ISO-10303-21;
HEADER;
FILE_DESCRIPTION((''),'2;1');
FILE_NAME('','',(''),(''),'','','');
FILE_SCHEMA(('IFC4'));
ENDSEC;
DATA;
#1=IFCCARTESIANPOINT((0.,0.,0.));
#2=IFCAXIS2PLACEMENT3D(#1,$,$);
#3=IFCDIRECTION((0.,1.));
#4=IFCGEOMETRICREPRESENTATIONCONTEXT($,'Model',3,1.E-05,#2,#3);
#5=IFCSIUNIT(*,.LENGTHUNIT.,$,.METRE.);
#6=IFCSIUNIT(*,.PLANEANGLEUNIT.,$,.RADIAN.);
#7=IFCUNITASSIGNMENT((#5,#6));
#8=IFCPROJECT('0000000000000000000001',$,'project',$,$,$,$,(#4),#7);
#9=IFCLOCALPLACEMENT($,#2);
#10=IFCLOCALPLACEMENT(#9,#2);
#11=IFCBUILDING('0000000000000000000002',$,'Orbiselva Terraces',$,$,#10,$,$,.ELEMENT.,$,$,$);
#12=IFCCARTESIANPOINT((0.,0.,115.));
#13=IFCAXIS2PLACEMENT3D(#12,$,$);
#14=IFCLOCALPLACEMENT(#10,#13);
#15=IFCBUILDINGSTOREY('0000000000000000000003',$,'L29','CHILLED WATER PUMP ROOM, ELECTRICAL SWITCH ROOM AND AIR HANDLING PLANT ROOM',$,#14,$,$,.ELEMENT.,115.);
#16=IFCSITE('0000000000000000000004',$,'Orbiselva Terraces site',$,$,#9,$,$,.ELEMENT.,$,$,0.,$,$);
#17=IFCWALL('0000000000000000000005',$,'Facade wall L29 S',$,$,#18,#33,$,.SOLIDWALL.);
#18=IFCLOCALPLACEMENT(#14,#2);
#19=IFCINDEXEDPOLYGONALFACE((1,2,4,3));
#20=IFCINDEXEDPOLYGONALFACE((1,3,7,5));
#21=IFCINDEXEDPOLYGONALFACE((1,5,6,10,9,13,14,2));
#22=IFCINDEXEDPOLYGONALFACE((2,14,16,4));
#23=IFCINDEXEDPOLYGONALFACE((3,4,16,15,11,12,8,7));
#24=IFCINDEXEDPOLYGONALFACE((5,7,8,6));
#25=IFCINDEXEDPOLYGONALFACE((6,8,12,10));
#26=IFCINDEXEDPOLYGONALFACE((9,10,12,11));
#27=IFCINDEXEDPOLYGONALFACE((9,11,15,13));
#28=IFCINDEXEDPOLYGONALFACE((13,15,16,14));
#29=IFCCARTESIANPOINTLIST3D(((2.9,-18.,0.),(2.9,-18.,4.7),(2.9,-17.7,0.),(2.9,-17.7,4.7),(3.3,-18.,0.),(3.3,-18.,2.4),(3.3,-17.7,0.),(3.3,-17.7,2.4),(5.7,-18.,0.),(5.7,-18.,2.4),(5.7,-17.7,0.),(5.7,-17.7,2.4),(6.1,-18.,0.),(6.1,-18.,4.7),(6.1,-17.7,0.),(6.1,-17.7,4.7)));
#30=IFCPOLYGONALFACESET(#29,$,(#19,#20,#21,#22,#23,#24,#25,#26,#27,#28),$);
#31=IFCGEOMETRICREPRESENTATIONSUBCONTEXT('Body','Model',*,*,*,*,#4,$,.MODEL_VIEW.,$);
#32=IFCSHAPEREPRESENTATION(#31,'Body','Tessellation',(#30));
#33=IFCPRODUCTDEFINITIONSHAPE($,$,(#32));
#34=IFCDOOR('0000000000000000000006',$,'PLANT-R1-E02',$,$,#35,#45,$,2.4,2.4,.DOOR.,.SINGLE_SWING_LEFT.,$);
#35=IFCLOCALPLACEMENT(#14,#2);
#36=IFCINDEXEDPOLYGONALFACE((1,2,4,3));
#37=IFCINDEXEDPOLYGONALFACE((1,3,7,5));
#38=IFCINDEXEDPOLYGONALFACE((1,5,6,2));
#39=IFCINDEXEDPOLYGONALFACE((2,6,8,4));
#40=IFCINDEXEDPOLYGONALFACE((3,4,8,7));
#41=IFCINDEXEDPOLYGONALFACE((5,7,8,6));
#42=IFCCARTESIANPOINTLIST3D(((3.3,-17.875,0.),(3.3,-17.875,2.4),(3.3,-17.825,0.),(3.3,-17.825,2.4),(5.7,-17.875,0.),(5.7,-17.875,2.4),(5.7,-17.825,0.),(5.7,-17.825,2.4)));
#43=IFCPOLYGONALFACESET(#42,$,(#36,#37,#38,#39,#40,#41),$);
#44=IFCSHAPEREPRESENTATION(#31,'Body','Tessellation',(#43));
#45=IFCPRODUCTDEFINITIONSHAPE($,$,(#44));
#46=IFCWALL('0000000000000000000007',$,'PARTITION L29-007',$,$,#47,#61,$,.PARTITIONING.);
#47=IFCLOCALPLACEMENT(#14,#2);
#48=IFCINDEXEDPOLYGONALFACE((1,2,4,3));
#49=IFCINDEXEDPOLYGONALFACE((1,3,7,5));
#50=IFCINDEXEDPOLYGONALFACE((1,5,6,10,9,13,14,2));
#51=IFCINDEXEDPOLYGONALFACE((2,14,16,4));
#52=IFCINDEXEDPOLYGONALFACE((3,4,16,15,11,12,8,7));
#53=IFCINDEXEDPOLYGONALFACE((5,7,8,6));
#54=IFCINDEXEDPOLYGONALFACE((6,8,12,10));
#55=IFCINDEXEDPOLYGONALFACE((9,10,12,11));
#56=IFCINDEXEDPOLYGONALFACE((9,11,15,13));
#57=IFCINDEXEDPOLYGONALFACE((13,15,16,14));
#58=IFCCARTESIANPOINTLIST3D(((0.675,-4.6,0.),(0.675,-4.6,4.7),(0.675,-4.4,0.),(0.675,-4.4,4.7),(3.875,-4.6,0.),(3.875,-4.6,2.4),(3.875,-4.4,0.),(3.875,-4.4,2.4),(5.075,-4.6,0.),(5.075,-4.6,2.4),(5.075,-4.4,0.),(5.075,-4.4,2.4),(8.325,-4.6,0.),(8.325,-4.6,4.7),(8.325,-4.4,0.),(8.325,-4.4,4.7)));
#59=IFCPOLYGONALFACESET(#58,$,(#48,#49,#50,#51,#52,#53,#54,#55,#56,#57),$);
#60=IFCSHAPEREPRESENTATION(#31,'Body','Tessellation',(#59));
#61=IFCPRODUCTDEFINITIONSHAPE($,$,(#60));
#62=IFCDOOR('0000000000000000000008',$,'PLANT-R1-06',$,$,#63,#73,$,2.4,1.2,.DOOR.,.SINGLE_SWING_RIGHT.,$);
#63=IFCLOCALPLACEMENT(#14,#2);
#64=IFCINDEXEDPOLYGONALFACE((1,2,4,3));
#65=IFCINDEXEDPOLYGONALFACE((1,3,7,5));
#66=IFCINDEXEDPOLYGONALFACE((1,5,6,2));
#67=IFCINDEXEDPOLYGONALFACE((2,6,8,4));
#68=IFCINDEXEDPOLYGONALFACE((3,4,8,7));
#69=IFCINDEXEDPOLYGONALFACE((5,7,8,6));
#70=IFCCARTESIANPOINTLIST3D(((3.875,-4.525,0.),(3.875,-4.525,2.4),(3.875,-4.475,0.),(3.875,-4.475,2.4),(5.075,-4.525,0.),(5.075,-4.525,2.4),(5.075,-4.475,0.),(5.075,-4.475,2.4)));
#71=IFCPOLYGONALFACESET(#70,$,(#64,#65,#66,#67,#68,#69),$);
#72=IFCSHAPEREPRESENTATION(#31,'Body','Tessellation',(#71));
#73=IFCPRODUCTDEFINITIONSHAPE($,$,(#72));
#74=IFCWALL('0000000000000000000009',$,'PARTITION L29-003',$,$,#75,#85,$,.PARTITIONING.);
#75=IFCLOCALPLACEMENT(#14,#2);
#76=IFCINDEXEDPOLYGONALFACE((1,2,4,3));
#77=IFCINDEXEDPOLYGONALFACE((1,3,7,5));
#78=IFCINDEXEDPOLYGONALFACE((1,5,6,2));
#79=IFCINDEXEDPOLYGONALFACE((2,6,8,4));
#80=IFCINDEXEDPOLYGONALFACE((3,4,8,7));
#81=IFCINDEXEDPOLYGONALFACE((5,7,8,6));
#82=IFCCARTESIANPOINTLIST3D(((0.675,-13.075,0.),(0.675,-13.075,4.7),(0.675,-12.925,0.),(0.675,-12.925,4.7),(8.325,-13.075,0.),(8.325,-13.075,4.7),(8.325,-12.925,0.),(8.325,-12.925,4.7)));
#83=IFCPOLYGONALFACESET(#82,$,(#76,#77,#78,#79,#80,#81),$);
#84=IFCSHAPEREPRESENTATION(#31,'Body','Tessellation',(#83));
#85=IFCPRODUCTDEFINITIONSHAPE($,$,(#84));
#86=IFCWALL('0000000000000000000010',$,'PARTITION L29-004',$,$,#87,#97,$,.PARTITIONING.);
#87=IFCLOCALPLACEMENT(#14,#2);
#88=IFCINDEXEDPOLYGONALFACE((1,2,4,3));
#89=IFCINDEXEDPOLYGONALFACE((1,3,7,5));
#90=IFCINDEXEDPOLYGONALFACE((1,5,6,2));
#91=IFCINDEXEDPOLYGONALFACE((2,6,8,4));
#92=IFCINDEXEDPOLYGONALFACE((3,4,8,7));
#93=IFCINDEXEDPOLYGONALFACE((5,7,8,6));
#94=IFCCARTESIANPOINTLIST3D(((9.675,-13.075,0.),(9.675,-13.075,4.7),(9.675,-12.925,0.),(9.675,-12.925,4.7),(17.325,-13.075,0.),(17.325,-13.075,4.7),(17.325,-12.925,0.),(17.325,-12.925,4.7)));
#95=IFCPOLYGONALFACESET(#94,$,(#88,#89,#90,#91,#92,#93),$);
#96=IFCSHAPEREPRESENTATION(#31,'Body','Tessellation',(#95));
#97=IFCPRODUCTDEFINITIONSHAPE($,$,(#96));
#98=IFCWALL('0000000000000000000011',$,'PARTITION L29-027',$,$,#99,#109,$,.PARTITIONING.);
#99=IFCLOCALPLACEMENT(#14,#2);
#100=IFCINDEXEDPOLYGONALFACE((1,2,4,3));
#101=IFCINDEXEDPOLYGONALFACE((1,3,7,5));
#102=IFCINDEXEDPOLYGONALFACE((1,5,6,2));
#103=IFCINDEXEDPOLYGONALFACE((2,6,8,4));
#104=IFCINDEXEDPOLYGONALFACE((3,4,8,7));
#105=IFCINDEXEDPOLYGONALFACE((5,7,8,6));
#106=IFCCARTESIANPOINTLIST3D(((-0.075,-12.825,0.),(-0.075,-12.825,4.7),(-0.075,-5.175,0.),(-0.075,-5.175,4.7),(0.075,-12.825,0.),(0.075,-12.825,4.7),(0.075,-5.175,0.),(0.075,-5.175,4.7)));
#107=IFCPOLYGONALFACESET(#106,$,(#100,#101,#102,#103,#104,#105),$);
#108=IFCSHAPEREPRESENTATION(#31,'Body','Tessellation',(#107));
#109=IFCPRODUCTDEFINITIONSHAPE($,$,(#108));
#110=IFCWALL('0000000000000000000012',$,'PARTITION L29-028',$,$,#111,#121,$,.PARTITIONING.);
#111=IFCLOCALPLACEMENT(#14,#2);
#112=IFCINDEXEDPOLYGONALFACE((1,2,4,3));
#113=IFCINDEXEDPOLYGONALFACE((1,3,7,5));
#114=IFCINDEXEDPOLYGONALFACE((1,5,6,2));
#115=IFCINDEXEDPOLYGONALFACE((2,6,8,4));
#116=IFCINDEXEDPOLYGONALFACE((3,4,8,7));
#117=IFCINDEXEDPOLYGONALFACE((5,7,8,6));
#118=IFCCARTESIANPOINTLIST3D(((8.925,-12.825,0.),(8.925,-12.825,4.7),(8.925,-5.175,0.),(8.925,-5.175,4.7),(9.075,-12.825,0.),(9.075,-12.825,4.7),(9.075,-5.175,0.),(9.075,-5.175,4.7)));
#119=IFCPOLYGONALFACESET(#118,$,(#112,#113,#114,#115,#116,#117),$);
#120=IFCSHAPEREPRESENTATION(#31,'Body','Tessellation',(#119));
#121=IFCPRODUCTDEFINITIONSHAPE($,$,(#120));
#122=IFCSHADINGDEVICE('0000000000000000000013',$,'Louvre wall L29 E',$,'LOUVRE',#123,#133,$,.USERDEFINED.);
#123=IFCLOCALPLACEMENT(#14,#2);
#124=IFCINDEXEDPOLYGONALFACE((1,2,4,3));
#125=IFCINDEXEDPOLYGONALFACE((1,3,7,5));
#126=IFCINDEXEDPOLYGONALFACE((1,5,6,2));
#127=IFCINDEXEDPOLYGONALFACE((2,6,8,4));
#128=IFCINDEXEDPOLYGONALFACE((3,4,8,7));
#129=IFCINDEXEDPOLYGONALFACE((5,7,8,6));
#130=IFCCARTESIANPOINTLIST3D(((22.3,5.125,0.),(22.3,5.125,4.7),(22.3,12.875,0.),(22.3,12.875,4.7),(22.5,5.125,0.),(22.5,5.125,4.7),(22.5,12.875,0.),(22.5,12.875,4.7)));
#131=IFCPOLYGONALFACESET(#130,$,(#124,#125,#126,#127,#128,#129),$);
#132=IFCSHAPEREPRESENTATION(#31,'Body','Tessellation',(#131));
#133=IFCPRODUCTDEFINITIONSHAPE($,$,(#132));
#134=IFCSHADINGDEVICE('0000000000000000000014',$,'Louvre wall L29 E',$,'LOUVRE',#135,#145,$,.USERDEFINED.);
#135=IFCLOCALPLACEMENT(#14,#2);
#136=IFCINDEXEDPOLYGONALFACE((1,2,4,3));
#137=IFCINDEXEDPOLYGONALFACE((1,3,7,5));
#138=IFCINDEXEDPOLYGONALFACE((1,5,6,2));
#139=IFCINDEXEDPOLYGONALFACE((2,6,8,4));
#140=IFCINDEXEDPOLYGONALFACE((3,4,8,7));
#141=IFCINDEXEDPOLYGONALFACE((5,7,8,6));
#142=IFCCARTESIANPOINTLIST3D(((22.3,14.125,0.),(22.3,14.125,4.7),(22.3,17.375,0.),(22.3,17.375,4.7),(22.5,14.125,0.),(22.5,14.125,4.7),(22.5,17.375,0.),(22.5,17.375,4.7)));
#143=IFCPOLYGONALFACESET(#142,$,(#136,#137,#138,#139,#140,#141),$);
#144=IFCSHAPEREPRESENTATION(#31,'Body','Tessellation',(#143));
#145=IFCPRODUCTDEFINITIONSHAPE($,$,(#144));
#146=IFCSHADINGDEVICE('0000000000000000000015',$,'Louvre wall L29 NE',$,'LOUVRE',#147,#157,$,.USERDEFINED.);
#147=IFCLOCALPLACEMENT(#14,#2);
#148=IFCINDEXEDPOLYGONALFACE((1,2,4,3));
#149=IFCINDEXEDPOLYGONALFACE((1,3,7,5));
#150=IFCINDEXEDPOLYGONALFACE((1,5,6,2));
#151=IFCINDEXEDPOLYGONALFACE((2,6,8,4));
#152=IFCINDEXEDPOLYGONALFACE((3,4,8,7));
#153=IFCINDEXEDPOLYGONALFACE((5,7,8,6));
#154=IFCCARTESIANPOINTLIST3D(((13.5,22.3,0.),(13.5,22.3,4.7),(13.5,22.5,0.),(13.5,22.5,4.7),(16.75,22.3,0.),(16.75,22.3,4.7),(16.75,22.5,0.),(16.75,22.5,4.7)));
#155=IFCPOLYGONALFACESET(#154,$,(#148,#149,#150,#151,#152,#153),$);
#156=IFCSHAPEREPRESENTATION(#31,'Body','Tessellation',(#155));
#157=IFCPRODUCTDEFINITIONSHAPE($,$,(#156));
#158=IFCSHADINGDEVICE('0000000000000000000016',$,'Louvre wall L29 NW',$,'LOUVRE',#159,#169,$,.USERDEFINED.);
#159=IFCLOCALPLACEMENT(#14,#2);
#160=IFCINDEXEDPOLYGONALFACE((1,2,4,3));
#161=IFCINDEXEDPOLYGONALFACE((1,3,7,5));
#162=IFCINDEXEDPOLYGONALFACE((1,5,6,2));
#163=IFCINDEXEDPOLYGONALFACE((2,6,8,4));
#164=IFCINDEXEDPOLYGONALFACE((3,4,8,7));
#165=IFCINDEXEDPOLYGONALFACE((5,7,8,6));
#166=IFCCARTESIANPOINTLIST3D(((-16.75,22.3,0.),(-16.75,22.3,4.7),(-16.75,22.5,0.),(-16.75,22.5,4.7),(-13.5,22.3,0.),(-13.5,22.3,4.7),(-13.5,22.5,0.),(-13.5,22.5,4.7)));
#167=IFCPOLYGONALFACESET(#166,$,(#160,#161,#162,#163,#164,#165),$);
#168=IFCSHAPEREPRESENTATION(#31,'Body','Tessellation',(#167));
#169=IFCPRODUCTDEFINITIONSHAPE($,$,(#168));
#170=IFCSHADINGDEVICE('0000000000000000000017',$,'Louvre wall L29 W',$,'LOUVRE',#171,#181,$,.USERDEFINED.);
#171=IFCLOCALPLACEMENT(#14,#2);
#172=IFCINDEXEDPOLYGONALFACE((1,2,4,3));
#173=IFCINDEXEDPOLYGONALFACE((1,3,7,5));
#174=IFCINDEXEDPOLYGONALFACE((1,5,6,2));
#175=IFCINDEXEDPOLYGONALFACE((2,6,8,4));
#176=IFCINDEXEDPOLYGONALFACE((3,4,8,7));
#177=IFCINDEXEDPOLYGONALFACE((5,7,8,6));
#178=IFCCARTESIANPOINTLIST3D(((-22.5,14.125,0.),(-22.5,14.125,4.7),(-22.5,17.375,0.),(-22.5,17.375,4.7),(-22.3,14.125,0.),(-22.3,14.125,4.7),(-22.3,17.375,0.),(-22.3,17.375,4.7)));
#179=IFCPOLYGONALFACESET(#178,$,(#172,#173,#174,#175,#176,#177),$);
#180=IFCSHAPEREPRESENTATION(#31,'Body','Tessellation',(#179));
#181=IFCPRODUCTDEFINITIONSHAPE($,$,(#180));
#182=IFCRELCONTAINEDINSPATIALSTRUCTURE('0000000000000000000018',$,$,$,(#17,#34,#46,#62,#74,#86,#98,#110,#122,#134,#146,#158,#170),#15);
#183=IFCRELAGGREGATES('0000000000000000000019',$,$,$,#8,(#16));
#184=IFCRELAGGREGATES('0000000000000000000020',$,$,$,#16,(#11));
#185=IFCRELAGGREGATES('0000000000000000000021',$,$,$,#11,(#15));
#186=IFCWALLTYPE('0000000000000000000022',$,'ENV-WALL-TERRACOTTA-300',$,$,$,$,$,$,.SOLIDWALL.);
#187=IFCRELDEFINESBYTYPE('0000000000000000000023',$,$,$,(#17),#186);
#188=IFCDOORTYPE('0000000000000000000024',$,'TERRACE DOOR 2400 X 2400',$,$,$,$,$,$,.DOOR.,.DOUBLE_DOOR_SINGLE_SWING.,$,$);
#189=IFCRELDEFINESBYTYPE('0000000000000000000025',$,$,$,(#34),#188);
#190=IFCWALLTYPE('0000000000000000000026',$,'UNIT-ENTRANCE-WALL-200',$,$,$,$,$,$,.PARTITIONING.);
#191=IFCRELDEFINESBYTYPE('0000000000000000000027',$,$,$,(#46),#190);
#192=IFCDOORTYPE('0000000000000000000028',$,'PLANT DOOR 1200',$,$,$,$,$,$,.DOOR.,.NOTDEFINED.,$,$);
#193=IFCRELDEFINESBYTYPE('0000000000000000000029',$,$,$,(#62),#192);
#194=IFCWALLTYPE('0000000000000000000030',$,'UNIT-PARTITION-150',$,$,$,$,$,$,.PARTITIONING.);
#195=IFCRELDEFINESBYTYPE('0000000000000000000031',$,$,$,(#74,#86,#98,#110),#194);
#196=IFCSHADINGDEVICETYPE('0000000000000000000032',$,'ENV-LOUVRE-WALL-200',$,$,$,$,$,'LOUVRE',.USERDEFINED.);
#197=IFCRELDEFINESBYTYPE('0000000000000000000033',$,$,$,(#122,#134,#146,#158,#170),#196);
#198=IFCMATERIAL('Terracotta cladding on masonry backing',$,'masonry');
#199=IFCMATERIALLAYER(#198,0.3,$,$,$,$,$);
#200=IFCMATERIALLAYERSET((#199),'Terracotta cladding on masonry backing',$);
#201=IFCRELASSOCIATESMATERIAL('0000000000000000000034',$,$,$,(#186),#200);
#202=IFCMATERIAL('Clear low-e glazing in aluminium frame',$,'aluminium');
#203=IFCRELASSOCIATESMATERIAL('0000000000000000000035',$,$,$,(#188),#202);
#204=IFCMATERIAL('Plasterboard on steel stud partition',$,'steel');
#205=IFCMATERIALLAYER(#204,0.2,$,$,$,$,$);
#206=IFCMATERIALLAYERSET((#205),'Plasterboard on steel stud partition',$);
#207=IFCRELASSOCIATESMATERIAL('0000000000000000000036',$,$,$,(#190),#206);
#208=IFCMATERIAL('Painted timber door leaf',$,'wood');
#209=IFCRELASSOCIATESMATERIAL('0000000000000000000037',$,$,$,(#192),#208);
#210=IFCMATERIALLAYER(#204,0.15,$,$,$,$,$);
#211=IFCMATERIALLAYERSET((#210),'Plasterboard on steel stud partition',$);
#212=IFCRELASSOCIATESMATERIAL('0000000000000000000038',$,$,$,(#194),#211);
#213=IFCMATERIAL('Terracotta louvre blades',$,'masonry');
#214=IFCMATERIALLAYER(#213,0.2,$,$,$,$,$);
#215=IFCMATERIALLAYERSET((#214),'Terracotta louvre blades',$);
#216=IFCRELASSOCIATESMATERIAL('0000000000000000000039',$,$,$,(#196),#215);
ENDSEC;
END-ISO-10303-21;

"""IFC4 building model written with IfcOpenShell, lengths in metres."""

from ifc_helpers import new_model, si_unit, direction, frame, frame_2d, origin, place, context, subcontext, project, spatial, polyline, rectangle, outline, extrude, material, layer, layer_set, type_object, element, fill, save


model = new_model("IFC4")

# Units and contexts
model_context = context("Model", 3, precision=1e-05, world=origin(), true_north=direction((0.0, 1.0)))
body_context = subcontext(model_context, "Body", "Model", "MODEL_VIEW")
ifc_project = project(units=[si_unit("LENGTHUNIT", "METRE"), si_unit("PLANEANGLEUNIT", "RADIAN")], contexts=[model_context])

# Site, building, storey
site_placement = place(None, origin())
site = spatial("IfcSite", under=ifc_project, at=site_placement, Name="Orbiselva Terraces site", CompositionType="ELEMENT", RefElevation=0.0)
building_placement = place(site_placement, origin())
building = spatial("IfcBuilding", under=site, at=building_placement, Name="Orbiselva Terraces", CompositionType="ELEMENT")
storey_placement = place(building_placement, frame((0.0, 0.0, 115.0)))
storey = spatial("IfcBuildingStorey", under=building, at=storey_placement, Name="L29", Description="CHILLED WATER PUMP ROOM, ELECTRICAL SWITCH ROOM AND AIR HANDLING PLANT ROOM", CompositionType="ELEMENT", Elevation=115.0)

# Walls, openings, doors
ifc_material_1 = material(Name="Terracotta cladding on masonry backing", Category="masonry")
ifc_layer_1 = layer(ifc_material_1, 0.3)
ifc_layer_set_1 = layer_set([ifc_layer_1], Name="Terracotta cladding on masonry backing")
wall_type_1 = type_object("IfcWallType", Name="ENV-WALL-TERRACOTTA-300", PredefinedType="SOLIDWALL", material=ifc_layer_set_1)
wall_1_placement = place(storey_placement, frame((6.1, -17.85, 0.0), z_axis=(0.0, 0.0, 1.0), x_axis=(-1.0, 0.0, 0.0)))
wall_1 = element("IfcWall", 1, at=wall_1_placement, inside=storey, type_object=wall_type_1, Name="Facade wall L29 S", PredefinedType="SOLIDWALL", context=body_context, shape_type="SweptSolid", body=[
    extrude(rectangle(XDim=3.2, YDim=0.3, at=frame_2d((1.6, 0.0))), origin(), (0.0, 0.0, 1.0), 4.7),
])
opening_1_placement = place(wall_1_placement, frame((0.4, 0.0, 0.0)))
opening_1 = element("IfcOpeningElement", 2, at=opening_1_placement, cuts=wall_1, PredefinedType="OPENING", context=body_context, shape_type="SweptSolid", body=[
    extrude(rectangle(XDim=2.4, YDim=2.4, at=frame_2d((1.2, 1.2))), frame((0.0, 0.16, 0.0), z_axis=(0.0, -1.0, 0.0), x_axis=(1.0, 0.0, 0.0)), (0.0, 0.0, 1.0), 0.32),
])
ifc_material_2 = material(Name="Clear low-e glazing in aluminium frame", Category="aluminium")
door_type_1 = type_object("IfcDoorType", Name="TERRACE DOOR 2400 X 2400", OperationType="DOUBLE_DOOR_SINGLE_SWING", PredefinedType="DOOR", material=ifc_material_2)
door_1_placement = place(opening_1_placement, origin())
door_1 = element("IfcDoor", 3, at=door_1_placement, inside=storey, type_object=door_type_1, Name="PLANT-R1-E02", OperationType="SINGLE_SWING_LEFT", OverallHeight=2.4, OverallWidth=2.4, PredefinedType="DOOR", context=body_context, shape_type="SweptSolid", body=[
    extrude(rectangle(XDim=2.4, YDim=2.4, at=frame_2d((1.2, 1.2))), frame((0.0, 0.025, 0.0), z_axis=(0.0, -1.0, 0.0), x_axis=(1.0, 0.0, 0.0)), (0.0, 0.0, 1.0), 0.05),
])
fill(opening_1, door_1)
ifc_material_3 = material(Name="Plasterboard on steel stud partition", Category="steel")
ifc_layer_2 = layer(ifc_material_3, 0.2)
ifc_layer_set_2 = layer_set([ifc_layer_2], Name="Plasterboard on steel stud partition")
wall_type_2 = type_object("IfcWallType", Name="UNIT-ENTRANCE-WALL-200", PredefinedType="PARTITIONING", material=ifc_layer_set_2)
wall_2_placement = place(storey_placement, frame((8.325, -4.5, 0.0), z_axis=(0.0, 0.0, 1.0), x_axis=(-1.0, 0.0, 0.0)))
wall_2 = element("IfcWall", 4, at=wall_2_placement, inside=storey, type_object=wall_type_2, Name="PARTITION L29-007", PredefinedType="PARTITIONING", context=body_context, shape_type="SweptSolid", body=[
    extrude(rectangle(XDim=7.65, YDim=0.2, at=frame_2d((3.825, 0.0))), origin(), (0.0, 0.0, 1.0), 4.7),
])
opening_2_placement = place(wall_2_placement, frame((3.25, 0.0, 0.0)))
opening_2 = element("IfcOpeningElement", 5, at=opening_2_placement, cuts=wall_2, PredefinedType="OPENING", context=body_context, shape_type="SweptSolid", body=[
    extrude(rectangle(XDim=1.2, YDim=2.4, at=frame_2d((0.6, 1.2))), frame((0.0, 0.11, 0.0), z_axis=(0.0, -1.0, 0.0), x_axis=(1.0, 0.0, 0.0)), (0.0, 0.0, 1.0), 0.22),
])
ifc_material_4 = material(Name="Painted timber door leaf", Category="wood")
door_type_2 = type_object("IfcDoorType", Name="PLANT DOOR 1200", OperationType="NOTDEFINED", PredefinedType="DOOR", material=ifc_material_4)
door_2_placement = place(opening_2_placement, origin())
door_2 = element("IfcDoor", 6, at=door_2_placement, inside=storey, type_object=door_type_2, Name="PLANT-R1-06", OperationType="SINGLE_SWING_RIGHT", OverallHeight=2.4, OverallWidth=1.2, PredefinedType="DOOR", context=body_context, shape_type="SweptSolid", body=[
    extrude(rectangle(XDim=1.2, YDim=2.4, at=frame_2d((0.6, 1.2))), frame((0.0, 0.025, 0.0), z_axis=(0.0, -1.0, 0.0), x_axis=(1.0, 0.0, 0.0)), (0.0, 0.0, 1.0), 0.05),
])
fill(opening_2, door_2)

# Walls
ifc_layer_3 = layer(ifc_material_3, 0.15)
ifc_layer_set_3 = layer_set([ifc_layer_3], Name="Plasterboard on steel stud partition")
wall_type_3 = type_object("IfcWallType", Name="UNIT-PARTITION-150", PredefinedType="PARTITIONING", material=ifc_layer_set_3)
for number, where, z_axis, x_axis, name in (
    (7, (0.675, -13.0, 0.0), (0.0, 0.0, 1.0), (1.0, 0.0, 0.0), "PARTITION L29-003"),
    (8, (9.675, -13.0, 0.0), (0.0, 0.0, 1.0), (1.0, 0.0, 0.0), "PARTITION L29-004"),
    (9, (0.0, -12.825, 0.0), (0.0, 0.0, 1.0), (0.0, 1.0, 0.0), "PARTITION L29-027"),
    (10, (9.0, -12.825, 0.0), (0.0, 0.0, 1.0), (0.0, 1.0, 0.0), "PARTITION L29-028"),
):
    element("IfcWall", number, at=place(storey_placement, frame(where, z_axis=z_axis, x_axis=x_axis)), inside=storey, type_object=wall_type_3, Name=name, PredefinedType="PARTITIONING", context=body_context, shape_type="SweptSolid", body=[
        extrude(rectangle(XDim=7.65, YDim=0.15, at=frame_2d((3.825, 0.0))), origin(), (0.0, 0.0, 1.0), 4.7),
    ])

# Shading devices
ifc_material_5 = material(Name="Terracotta louvre blades", Category="masonry")
ifc_layer_4 = layer(ifc_material_5, 0.2)
ifc_layer_set_4 = layer_set([ifc_layer_4], Name="Terracotta louvre blades")
shading_device_type = type_object("IfcShadingDeviceType", Name="ENV-LOUVRE-WALL-200", ElementType="LOUVRE", PredefinedType="USERDEFINED", material=ifc_layer_set_4)
shading_device_1_placement = place(storey_placement, origin())
element("IfcShadingDevice", 11, at=shading_device_1_placement, inside=storey, type_object=shading_device_type, Name="Louvre wall L29 E", ObjectType="LOUVRE", PredefinedType="USERDEFINED", context=body_context, shape_type="SweptSolid", body=[
    extrude(outline(polyline([(22.5, 5.125), (22.5, 12.875), (22.3, 12.875), (22.3, 5.125), (22.5, 5.125)])), origin(), (0.0, 0.0, 1.0), 4.7),
])
shading_device_2_placement = place(storey_placement, origin())
element("IfcShadingDevice", 12, at=shading_device_2_placement, inside=storey, type_object=shading_device_type, Name="Louvre wall L29 E", ObjectType="LOUVRE", PredefinedType="USERDEFINED", context=body_context, shape_type="SweptSolid", body=[
    extrude(outline(polyline([(22.5, 14.125), (22.5, 17.375), (22.3, 17.375), (22.3, 14.125), (22.5, 14.125)])), origin(), (0.0, 0.0, 1.0), 4.7),
])
shading_device_3_placement = place(storey_placement, origin())
element("IfcShadingDevice", 13, at=shading_device_3_placement, inside=storey, type_object=shading_device_type, Name="Louvre wall L29 NE", ObjectType="LOUVRE", PredefinedType="USERDEFINED", context=body_context, shape_type="SweptSolid", body=[
    extrude(outline(polyline([(16.75, 22.5), (13.5, 22.5), (13.5, 22.3), (16.75, 22.3), (16.75, 22.5)])), origin(), (0.0, 0.0, 1.0), 4.7),
])
shading_device_4_placement = place(storey_placement, origin())
element("IfcShadingDevice", 14, at=shading_device_4_placement, inside=storey, type_object=shading_device_type, Name="Louvre wall L29 NW", ObjectType="LOUVRE", PredefinedType="USERDEFINED", context=body_context, shape_type="SweptSolid", body=[
    extrude(outline(polyline([(-13.5, 22.5), (-16.75, 22.5), (-16.75, 22.3), (-13.5, 22.3), (-13.5, 22.5)])), origin(), (0.0, 0.0, 1.0), 4.7),
])
shading_device_5_placement = place(storey_placement, origin())
element("IfcShadingDevice", 15, at=shading_device_5_placement, inside=storey, type_object=shading_device_type, Name="Louvre wall L29 W", ObjectType="LOUVRE", PredefinedType="USERDEFINED", context=body_context, shape_type="SweptSolid", body=[
    extrude(outline(polyline([(-22.5, 17.375), (-22.5, 14.125), (-22.3, 14.125), (-22.3, 17.375), (-22.5, 17.375)])), origin(), (0.0, 0.0, 1.0), 4.7),
])

save(model, "model.ifc")
